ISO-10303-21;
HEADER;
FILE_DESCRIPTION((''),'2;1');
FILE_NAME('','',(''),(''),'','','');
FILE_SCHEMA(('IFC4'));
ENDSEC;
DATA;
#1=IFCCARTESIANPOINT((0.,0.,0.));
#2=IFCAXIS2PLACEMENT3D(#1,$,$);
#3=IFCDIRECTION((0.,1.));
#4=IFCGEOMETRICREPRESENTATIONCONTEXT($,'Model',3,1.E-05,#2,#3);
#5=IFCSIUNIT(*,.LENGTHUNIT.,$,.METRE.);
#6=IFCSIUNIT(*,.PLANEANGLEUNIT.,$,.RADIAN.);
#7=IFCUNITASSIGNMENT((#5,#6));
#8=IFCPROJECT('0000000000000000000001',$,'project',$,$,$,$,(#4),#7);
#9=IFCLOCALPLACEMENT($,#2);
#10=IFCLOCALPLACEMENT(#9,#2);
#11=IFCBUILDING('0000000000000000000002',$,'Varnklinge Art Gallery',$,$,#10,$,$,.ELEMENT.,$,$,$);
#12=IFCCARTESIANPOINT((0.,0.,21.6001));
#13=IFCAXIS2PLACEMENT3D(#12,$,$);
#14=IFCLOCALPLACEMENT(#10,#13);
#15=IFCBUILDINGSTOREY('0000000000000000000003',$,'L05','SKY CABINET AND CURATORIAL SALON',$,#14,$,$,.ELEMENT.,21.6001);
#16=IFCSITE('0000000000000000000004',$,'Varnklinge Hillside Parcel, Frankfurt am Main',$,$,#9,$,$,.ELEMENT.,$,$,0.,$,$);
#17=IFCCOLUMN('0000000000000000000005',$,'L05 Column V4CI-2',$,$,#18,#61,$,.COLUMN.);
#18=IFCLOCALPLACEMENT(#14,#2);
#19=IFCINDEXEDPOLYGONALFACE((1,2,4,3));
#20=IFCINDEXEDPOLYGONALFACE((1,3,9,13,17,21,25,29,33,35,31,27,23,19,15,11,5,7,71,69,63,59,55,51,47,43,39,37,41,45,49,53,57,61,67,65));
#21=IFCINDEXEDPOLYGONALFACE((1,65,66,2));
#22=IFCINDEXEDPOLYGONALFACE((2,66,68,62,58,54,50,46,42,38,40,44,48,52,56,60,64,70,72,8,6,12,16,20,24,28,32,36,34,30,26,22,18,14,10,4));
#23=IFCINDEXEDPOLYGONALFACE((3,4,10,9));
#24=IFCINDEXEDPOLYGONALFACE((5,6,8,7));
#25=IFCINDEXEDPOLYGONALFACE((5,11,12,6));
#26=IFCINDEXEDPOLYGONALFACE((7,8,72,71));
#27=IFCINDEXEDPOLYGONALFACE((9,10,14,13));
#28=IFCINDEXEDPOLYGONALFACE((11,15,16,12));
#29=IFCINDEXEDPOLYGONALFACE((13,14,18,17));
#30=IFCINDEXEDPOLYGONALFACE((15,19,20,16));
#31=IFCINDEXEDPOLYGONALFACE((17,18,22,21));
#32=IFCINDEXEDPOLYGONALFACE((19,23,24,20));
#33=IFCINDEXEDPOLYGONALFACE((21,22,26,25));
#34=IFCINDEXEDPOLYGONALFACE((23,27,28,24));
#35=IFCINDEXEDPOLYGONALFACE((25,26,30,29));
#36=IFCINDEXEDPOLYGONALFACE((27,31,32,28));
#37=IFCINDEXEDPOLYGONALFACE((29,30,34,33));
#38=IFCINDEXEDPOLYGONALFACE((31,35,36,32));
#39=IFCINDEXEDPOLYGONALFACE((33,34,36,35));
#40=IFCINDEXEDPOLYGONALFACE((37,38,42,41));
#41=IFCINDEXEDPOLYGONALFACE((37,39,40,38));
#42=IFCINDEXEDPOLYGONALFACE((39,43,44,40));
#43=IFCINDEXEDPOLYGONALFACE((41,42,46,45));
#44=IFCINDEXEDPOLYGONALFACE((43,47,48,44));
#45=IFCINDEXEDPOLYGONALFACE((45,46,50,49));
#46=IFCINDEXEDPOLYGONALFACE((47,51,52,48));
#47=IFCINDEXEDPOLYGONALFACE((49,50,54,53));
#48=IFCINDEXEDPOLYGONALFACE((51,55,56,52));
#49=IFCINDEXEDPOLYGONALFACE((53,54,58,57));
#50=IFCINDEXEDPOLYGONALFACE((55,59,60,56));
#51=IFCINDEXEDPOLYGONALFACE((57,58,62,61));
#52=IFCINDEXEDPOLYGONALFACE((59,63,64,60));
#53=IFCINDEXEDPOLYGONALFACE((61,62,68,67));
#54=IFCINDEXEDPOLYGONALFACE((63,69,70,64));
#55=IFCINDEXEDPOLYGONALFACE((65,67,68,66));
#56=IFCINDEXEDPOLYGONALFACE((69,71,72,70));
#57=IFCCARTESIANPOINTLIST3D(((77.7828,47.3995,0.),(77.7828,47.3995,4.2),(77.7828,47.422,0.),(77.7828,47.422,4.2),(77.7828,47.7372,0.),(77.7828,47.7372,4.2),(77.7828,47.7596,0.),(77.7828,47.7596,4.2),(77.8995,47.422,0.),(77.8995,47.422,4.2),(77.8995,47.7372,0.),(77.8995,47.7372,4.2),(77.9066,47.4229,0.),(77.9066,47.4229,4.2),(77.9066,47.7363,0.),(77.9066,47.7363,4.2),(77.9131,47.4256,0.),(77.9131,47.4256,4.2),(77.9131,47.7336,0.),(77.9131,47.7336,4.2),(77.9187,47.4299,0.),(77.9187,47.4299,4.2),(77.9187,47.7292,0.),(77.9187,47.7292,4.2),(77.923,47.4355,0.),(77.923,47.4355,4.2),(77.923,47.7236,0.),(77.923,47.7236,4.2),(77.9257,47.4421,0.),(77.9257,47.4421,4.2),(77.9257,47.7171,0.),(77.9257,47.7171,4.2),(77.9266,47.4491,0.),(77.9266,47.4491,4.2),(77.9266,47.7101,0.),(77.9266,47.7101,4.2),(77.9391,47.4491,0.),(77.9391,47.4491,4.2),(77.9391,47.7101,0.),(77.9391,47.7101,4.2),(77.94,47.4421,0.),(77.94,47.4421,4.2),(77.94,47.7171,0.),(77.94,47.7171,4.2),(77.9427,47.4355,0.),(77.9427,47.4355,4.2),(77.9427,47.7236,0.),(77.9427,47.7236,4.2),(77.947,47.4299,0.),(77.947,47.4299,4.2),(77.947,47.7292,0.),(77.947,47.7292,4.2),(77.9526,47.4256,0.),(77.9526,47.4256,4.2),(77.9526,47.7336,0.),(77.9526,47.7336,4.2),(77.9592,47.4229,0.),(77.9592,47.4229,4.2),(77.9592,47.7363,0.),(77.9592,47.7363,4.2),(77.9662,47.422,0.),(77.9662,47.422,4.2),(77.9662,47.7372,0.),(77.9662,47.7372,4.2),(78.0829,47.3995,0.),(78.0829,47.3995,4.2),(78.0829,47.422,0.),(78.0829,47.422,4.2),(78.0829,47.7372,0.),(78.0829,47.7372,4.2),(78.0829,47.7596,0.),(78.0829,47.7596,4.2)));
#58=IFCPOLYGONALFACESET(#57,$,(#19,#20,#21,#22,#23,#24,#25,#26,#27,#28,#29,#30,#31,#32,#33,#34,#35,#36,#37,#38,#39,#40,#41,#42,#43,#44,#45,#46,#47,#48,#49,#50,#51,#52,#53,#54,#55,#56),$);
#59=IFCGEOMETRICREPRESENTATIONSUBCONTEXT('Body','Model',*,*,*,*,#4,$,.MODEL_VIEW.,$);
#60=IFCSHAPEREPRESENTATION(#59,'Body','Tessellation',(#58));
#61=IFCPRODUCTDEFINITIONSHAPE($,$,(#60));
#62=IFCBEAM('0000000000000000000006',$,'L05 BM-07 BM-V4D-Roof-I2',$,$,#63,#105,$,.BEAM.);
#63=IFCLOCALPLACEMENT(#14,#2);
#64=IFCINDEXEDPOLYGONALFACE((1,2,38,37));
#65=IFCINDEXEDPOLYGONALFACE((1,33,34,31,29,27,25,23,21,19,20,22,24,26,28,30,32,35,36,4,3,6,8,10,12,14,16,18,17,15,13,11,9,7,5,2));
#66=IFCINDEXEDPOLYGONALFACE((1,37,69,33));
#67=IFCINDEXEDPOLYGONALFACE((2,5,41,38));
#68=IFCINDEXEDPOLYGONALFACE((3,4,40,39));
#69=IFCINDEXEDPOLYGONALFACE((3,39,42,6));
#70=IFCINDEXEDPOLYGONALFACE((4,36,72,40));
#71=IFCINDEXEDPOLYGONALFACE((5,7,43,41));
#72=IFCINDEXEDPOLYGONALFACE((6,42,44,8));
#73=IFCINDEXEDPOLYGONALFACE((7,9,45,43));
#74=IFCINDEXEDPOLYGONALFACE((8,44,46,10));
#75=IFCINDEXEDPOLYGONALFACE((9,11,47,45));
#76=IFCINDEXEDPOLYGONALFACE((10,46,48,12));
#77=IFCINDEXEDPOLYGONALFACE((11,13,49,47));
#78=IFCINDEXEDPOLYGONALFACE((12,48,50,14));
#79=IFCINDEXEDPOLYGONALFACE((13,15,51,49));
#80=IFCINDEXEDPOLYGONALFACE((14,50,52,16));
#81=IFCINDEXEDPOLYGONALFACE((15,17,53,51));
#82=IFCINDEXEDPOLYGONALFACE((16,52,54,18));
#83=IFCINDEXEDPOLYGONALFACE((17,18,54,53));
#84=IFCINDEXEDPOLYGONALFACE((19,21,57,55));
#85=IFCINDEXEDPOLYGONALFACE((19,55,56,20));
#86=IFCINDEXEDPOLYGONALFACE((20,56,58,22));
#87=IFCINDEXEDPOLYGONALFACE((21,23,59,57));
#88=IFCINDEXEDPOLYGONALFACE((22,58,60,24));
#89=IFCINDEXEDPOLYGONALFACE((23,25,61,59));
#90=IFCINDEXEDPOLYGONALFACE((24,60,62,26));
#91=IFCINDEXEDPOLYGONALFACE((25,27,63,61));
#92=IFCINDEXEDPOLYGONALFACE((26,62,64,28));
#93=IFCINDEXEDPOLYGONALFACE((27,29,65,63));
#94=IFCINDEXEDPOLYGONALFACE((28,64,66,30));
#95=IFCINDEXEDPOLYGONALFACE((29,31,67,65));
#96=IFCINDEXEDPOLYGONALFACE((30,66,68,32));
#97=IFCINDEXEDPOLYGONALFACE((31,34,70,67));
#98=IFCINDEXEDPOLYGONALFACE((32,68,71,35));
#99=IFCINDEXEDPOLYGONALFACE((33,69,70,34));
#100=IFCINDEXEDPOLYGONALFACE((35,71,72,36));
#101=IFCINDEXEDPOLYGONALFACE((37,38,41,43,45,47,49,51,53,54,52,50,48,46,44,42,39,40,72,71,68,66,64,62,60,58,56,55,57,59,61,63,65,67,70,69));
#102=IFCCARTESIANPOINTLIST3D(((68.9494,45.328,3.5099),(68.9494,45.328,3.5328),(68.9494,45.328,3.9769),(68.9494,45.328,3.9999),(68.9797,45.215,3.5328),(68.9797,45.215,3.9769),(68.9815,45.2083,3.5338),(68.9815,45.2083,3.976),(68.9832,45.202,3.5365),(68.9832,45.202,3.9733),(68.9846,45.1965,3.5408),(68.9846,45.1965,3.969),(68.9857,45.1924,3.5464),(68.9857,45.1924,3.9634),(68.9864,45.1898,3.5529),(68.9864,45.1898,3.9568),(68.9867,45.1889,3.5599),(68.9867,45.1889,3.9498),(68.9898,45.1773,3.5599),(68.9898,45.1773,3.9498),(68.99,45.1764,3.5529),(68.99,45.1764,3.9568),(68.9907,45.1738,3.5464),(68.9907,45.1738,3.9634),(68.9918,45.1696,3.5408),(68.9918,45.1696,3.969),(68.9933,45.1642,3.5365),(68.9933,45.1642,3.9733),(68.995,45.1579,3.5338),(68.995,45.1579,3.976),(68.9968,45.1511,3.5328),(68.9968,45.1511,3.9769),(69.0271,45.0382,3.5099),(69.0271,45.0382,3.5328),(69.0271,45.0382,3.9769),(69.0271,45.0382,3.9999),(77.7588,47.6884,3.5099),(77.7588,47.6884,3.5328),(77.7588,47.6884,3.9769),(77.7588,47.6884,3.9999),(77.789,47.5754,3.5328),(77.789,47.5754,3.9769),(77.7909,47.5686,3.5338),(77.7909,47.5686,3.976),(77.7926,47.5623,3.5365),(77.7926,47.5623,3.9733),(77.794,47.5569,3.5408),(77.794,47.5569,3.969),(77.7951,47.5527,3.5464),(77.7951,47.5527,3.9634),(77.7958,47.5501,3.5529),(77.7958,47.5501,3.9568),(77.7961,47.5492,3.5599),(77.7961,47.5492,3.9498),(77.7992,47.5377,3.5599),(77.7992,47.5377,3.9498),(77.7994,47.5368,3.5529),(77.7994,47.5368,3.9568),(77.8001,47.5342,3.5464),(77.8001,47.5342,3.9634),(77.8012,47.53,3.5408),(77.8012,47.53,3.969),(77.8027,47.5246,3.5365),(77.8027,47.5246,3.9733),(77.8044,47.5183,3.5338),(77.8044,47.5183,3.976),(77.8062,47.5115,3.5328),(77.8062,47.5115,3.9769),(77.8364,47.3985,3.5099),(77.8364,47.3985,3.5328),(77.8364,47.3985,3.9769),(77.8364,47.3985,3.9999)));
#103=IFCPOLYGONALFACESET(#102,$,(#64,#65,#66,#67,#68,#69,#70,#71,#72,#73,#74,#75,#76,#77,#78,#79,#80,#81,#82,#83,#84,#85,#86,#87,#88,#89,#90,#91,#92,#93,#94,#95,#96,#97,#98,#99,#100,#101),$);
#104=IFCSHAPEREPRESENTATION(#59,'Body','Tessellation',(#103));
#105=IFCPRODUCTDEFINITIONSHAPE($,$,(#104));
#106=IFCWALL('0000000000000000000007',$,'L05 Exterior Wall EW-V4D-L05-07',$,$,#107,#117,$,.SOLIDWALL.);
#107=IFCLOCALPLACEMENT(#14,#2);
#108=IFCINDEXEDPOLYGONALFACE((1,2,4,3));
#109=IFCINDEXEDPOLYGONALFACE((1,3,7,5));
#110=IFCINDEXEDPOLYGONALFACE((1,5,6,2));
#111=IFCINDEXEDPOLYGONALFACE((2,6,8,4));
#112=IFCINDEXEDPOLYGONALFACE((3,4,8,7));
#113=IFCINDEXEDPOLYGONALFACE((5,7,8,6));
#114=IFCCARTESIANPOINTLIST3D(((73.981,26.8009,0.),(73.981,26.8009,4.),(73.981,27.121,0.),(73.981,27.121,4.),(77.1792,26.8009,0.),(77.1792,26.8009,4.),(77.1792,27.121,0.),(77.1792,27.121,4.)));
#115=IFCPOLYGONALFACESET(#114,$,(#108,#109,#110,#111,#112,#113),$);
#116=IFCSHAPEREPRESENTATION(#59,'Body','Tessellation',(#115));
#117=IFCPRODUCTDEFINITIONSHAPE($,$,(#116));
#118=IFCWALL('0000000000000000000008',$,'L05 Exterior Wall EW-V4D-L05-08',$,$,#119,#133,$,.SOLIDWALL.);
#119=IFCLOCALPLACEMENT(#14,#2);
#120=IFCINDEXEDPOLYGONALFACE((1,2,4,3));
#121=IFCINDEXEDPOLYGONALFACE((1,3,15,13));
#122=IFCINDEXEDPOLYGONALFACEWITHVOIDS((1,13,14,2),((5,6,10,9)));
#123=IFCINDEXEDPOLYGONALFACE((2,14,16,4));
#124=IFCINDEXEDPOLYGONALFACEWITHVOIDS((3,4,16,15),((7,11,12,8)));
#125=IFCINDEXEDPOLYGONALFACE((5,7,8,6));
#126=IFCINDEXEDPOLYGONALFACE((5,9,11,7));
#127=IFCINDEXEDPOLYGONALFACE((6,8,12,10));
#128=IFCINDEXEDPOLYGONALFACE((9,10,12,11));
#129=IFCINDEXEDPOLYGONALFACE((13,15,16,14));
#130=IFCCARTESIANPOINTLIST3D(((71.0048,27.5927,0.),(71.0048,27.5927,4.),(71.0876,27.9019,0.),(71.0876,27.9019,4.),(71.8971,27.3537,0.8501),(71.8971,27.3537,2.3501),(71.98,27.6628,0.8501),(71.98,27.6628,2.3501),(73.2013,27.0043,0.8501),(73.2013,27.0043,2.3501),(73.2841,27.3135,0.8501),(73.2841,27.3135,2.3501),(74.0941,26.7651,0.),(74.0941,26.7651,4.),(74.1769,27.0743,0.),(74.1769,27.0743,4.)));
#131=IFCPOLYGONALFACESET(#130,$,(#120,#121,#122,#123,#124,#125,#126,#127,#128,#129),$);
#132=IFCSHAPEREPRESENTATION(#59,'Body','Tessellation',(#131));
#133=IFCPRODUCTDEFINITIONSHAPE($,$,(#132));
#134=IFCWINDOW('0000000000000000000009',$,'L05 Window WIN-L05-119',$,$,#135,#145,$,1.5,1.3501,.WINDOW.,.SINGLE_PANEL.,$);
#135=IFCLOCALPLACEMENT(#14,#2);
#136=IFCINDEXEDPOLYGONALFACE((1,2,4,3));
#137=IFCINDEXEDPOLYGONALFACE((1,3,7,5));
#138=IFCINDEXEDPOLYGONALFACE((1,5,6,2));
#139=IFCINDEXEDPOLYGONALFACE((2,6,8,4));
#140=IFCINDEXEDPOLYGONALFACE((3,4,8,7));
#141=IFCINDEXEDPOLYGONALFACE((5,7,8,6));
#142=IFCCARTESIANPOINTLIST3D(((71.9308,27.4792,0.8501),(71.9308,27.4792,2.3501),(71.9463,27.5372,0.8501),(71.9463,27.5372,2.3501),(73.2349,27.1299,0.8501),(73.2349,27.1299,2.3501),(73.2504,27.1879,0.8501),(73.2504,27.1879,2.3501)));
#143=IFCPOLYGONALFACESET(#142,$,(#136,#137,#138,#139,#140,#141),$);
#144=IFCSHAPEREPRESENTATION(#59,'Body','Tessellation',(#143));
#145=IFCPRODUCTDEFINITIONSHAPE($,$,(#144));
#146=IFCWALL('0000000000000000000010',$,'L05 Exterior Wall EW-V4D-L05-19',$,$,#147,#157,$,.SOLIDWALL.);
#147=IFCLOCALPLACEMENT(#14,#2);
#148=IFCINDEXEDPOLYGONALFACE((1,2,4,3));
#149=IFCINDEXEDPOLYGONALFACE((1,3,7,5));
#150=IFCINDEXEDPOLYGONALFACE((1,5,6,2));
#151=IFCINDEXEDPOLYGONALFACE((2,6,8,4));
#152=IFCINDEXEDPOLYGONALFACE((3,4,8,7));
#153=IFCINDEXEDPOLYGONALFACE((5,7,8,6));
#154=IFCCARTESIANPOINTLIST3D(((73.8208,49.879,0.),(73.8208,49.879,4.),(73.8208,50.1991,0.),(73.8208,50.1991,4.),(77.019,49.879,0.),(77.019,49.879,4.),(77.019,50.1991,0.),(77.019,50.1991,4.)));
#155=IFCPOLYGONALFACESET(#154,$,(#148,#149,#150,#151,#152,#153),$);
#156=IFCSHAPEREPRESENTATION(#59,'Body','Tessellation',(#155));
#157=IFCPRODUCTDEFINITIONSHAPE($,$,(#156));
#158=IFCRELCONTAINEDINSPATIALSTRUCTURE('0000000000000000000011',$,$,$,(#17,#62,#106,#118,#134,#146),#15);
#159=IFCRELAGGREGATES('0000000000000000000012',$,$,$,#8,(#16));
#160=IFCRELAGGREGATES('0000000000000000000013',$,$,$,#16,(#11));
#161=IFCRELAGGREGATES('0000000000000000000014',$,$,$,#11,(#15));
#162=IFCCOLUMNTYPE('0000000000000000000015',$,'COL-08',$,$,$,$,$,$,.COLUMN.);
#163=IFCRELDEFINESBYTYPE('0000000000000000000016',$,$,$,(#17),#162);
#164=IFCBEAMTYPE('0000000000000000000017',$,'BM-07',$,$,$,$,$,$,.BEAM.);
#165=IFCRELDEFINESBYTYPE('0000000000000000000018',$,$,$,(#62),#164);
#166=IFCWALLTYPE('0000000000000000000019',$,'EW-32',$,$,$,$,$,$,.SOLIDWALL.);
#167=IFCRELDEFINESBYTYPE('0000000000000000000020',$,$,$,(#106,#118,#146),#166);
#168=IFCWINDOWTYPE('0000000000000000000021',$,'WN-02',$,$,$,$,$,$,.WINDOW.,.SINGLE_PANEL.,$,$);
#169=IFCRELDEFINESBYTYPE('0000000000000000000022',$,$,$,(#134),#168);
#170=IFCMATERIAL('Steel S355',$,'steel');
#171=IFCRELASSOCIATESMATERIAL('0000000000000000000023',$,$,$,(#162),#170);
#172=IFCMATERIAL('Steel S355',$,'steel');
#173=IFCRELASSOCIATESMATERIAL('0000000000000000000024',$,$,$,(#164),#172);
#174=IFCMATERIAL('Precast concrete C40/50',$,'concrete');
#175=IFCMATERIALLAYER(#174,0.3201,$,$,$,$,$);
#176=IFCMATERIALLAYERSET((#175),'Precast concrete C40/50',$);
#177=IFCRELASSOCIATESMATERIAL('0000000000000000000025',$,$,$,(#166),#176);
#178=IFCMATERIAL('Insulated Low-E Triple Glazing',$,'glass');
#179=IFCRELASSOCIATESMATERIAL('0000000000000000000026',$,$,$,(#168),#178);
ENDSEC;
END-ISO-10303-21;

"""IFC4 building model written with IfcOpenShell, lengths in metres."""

from ifc_helpers import new_model, si_unit, direction, frame, frame_2d, origin, origin_2d, place, context, subcontext, project, spatial, rectangle, i_section, extrude, material, layer, layer_set, material_profile, profile_set, type_object, element, fill, save


model = new_model("IFC4")

# Units and contexts
model_context = context("Model", 3, precision=1e-05, world=origin(), true_north=direction((0.0, 1.0)))
body_context = subcontext(model_context, "Body", "Model", "MODEL_VIEW")
ifc_project = project(units=[si_unit("LENGTHUNIT", "METRE"), si_unit("PLANEANGLEUNIT", "RADIAN")], contexts=[model_context])

# Site, building, storey
site_placement = place(None, origin())
site = spatial("IfcSite", under=ifc_project, at=site_placement, Name="Varnklinge Hillside Parcel, Frankfurt am Main", CompositionType="ELEMENT", RefElevation=0.0)
building_placement = place(site_placement, origin())
building = spatial("IfcBuilding", under=site, at=building_placement, Name="Varnklinge Art Gallery", CompositionType="ELEMENT")
storey_placement = place(building_placement, frame((0.0, 0.0, 21.6001)))
storey = spatial("IfcBuildingStorey", under=building, at=storey_placement, Name="L05", Description="SKY CABINET AND CURATORIAL SALON", CompositionType="ELEMENT", Elevation=21.6001)

# Column
ifc_material_1 = material(Name="Steel S355", Category="steel")
ifc_material_profile_1 = material_profile(ifc_material_1, i_section(OverallWidth=0.3, OverallDepth=0.3601, WebThickness=0.0125, FlangeThickness=0.0225, FilletRadius=0.0271, at=origin_2d()), Name="HEB 360")
ifc_profile_set_1 = profile_set([ifc_material_profile_1], Name="Steel S355")
column_type = type_object("IfcColumnType", Name="COL-08", PredefinedType="COLUMN", material=ifc_profile_set_1)
column_placement = place(storey_placement, frame((77.9329, 47.5796, 0.0), z_axis=(0.0, 0.0, 1.0), x_axis=(1.0, 0.0, 0.0)))
element("IfcColumn", 1, at=column_placement, inside=storey, type_object=column_type, Name="L05 Column V4CI-2", PredefinedType="COLUMN", context=body_context, shape_type="SweptSolid", body=[
    extrude(i_section(OverallWidth=0.3, OverallDepth=0.3601, WebThickness=0.0125, FlangeThickness=0.0225, FilletRadius=0.0271, at=origin_2d()), origin(), (0.0, 0.0, 1.0), 4.2),
])

# Beam
ifc_material_2 = material(Name="Steel S355", Category="steel")
ifc_material_profile_2 = material_profile(ifc_material_2, i_section(OverallWidth=0.3, OverallDepth=0.49, WebThickness=0.012, FlangeThickness=0.0229, FilletRadius=0.0271, at=origin_2d()), Name="HEA 500")
ifc_profile_set_2 = profile_set([ifc_material_profile_2], Name="Steel S355")
beam_type = type_object("IfcBeamType", Name="BM-07", PredefinedType="BEAM", material=ifc_profile_set_2)
beam_placement = place(storey_placement, frame((77.7976, 47.5435, 3.7549), z_axis=(-0.965929, -0.258809, 0.0), x_axis=(0.258809, -0.965929, 0.0)))
element("IfcBeam", 2, at=beam_placement, inside=storey, type_object=beam_type, Name="L05 BM-07 BM-V4D-Roof-I2", PredefinedType="BEAM", context=body_context, shape_type="SweptSolid", body=[
    extrude(i_section(OverallWidth=0.3, OverallDepth=0.49, WebThickness=0.012, FlangeThickness=0.0229, FilletRadius=0.0271, at=origin_2d()), origin(), (0.0, 0.0, 1.0), 9.1201),
])

# Wall
ifc_material_3 = material(Name="Precast concrete C40/50", Category="concrete")
ifc_layer_1 = layer(ifc_material_3, 0.3201)
ifc_layer_set_1 = layer_set([ifc_layer_1], Name="Precast concrete C40/50")
wall_type_1 = type_object("IfcWallType", Name="EW-32", PredefinedType="SOLIDWALL", material=ifc_layer_set_1)
wall_1_placement = place(storey_placement, frame((77.1792, 26.9609, 0.0), z_axis=(0.0, 0.0, 1.0), x_axis=(-1.0, 0.0, 0.0)))
element("IfcWall", 3, at=wall_1_placement, inside=storey, type_object=wall_type_1, Name="L05 Exterior Wall EW-V4D-L05-07", PredefinedType="SOLIDWALL", context=body_context, shape_type="SweptSolid", body=[
    extrude(rectangle(XDim=3.1982, YDim=0.3201, at=frame_2d((1.5991, 0.0))), origin(), (0.0, 0.0, 1.0), 4.0),
])

# Wall, opening, window
wall_2_placement = place(storey_placement, frame((74.1355, 26.9197, 0.0), z_axis=(0.0, 0.0, 1.0), x_axis=(-0.965938, 0.258774, 0.0)))
wall_2 = element("IfcWall", 4, at=wall_2_placement, inside=storey, type_object=wall_type_1, Name="L05 Exterior Wall EW-V4D-L05-08", PredefinedType="SOLIDWALL", context=body_context, shape_type="SweptSolid", body=[
    extrude(rectangle(XDim=3.1982, YDim=0.3201, at=frame_2d((1.5991, 0.0))), origin(), (0.0, 0.0, 1.0), 4.0),
])
opening_1_placement = place(wall_2_placement, frame((0.9243, 0.0, 0.8501)))
opening_1 = element("IfcOpeningElement", 5, at=opening_1_placement, cuts=wall_2, PredefinedType="OPENING", context=body_context, shape_type="SweptSolid", body=[
    extrude(rectangle(XDim=1.3501, YDim=1.5, at=frame_2d((0.675, 0.75))), frame((0.0, 0.1702, 0.0), z_axis=(0.0, -1.0, 0.0), x_axis=(1.0, 0.0, 0.0)), (0.0, 0.0, 1.0), 0.3401),
])
ifc_material_4 = material(Name="Insulated Low-E Triple Glazing", Category="glass")
window_type = type_object("IfcWindowType", Name="WN-02", PartitioningType="SINGLE_PANEL", PredefinedType="WINDOW", material=ifc_material_4)
window_1_placement = place(opening_1_placement, origin())
window_1 = element("IfcWindow", 6, at=window_1_placement, inside=storey, type_object=window_type, Name="L05 Window WIN-L05-119", OverallHeight=1.5, OverallWidth=1.3501, PartitioningType="SINGLE_PANEL", PredefinedType="WINDOW", context=body_context, shape_type="SweptSolid", body=[
    extrude(rectangle(XDim=1.3501, YDim=1.5, at=frame_2d((0.675, 0.75))), frame((0.0, 0.03, 0.0), z_axis=(0.0, -1.0, 0.0), x_axis=(1.0, 0.0, 0.0)), (0.0, 0.0, 1.0), 0.0601),
])
fill(opening_1, window_1)

# Wall
wall_3_placement = place(storey_placement, frame((73.8208, 50.0391, 0.0), z_axis=(0.0, 0.0, 1.0), x_axis=(1.0, 0.0, 0.0)))
element("IfcWall", 7, at=wall_3_placement, inside=storey, type_object=wall_type_1, Name="L05 Exterior Wall EW-V4D-L05-19", PredefinedType="SOLIDWALL", context=body_context, shape_type="SweptSolid", body=[
    extrude(rectangle(XDim=3.1982, YDim=0.3201, at=frame_2d((1.5991, 0.0))), origin(), (0.0, 0.0, 1.0), 4.0),
])

save(model, "model.ifc")
